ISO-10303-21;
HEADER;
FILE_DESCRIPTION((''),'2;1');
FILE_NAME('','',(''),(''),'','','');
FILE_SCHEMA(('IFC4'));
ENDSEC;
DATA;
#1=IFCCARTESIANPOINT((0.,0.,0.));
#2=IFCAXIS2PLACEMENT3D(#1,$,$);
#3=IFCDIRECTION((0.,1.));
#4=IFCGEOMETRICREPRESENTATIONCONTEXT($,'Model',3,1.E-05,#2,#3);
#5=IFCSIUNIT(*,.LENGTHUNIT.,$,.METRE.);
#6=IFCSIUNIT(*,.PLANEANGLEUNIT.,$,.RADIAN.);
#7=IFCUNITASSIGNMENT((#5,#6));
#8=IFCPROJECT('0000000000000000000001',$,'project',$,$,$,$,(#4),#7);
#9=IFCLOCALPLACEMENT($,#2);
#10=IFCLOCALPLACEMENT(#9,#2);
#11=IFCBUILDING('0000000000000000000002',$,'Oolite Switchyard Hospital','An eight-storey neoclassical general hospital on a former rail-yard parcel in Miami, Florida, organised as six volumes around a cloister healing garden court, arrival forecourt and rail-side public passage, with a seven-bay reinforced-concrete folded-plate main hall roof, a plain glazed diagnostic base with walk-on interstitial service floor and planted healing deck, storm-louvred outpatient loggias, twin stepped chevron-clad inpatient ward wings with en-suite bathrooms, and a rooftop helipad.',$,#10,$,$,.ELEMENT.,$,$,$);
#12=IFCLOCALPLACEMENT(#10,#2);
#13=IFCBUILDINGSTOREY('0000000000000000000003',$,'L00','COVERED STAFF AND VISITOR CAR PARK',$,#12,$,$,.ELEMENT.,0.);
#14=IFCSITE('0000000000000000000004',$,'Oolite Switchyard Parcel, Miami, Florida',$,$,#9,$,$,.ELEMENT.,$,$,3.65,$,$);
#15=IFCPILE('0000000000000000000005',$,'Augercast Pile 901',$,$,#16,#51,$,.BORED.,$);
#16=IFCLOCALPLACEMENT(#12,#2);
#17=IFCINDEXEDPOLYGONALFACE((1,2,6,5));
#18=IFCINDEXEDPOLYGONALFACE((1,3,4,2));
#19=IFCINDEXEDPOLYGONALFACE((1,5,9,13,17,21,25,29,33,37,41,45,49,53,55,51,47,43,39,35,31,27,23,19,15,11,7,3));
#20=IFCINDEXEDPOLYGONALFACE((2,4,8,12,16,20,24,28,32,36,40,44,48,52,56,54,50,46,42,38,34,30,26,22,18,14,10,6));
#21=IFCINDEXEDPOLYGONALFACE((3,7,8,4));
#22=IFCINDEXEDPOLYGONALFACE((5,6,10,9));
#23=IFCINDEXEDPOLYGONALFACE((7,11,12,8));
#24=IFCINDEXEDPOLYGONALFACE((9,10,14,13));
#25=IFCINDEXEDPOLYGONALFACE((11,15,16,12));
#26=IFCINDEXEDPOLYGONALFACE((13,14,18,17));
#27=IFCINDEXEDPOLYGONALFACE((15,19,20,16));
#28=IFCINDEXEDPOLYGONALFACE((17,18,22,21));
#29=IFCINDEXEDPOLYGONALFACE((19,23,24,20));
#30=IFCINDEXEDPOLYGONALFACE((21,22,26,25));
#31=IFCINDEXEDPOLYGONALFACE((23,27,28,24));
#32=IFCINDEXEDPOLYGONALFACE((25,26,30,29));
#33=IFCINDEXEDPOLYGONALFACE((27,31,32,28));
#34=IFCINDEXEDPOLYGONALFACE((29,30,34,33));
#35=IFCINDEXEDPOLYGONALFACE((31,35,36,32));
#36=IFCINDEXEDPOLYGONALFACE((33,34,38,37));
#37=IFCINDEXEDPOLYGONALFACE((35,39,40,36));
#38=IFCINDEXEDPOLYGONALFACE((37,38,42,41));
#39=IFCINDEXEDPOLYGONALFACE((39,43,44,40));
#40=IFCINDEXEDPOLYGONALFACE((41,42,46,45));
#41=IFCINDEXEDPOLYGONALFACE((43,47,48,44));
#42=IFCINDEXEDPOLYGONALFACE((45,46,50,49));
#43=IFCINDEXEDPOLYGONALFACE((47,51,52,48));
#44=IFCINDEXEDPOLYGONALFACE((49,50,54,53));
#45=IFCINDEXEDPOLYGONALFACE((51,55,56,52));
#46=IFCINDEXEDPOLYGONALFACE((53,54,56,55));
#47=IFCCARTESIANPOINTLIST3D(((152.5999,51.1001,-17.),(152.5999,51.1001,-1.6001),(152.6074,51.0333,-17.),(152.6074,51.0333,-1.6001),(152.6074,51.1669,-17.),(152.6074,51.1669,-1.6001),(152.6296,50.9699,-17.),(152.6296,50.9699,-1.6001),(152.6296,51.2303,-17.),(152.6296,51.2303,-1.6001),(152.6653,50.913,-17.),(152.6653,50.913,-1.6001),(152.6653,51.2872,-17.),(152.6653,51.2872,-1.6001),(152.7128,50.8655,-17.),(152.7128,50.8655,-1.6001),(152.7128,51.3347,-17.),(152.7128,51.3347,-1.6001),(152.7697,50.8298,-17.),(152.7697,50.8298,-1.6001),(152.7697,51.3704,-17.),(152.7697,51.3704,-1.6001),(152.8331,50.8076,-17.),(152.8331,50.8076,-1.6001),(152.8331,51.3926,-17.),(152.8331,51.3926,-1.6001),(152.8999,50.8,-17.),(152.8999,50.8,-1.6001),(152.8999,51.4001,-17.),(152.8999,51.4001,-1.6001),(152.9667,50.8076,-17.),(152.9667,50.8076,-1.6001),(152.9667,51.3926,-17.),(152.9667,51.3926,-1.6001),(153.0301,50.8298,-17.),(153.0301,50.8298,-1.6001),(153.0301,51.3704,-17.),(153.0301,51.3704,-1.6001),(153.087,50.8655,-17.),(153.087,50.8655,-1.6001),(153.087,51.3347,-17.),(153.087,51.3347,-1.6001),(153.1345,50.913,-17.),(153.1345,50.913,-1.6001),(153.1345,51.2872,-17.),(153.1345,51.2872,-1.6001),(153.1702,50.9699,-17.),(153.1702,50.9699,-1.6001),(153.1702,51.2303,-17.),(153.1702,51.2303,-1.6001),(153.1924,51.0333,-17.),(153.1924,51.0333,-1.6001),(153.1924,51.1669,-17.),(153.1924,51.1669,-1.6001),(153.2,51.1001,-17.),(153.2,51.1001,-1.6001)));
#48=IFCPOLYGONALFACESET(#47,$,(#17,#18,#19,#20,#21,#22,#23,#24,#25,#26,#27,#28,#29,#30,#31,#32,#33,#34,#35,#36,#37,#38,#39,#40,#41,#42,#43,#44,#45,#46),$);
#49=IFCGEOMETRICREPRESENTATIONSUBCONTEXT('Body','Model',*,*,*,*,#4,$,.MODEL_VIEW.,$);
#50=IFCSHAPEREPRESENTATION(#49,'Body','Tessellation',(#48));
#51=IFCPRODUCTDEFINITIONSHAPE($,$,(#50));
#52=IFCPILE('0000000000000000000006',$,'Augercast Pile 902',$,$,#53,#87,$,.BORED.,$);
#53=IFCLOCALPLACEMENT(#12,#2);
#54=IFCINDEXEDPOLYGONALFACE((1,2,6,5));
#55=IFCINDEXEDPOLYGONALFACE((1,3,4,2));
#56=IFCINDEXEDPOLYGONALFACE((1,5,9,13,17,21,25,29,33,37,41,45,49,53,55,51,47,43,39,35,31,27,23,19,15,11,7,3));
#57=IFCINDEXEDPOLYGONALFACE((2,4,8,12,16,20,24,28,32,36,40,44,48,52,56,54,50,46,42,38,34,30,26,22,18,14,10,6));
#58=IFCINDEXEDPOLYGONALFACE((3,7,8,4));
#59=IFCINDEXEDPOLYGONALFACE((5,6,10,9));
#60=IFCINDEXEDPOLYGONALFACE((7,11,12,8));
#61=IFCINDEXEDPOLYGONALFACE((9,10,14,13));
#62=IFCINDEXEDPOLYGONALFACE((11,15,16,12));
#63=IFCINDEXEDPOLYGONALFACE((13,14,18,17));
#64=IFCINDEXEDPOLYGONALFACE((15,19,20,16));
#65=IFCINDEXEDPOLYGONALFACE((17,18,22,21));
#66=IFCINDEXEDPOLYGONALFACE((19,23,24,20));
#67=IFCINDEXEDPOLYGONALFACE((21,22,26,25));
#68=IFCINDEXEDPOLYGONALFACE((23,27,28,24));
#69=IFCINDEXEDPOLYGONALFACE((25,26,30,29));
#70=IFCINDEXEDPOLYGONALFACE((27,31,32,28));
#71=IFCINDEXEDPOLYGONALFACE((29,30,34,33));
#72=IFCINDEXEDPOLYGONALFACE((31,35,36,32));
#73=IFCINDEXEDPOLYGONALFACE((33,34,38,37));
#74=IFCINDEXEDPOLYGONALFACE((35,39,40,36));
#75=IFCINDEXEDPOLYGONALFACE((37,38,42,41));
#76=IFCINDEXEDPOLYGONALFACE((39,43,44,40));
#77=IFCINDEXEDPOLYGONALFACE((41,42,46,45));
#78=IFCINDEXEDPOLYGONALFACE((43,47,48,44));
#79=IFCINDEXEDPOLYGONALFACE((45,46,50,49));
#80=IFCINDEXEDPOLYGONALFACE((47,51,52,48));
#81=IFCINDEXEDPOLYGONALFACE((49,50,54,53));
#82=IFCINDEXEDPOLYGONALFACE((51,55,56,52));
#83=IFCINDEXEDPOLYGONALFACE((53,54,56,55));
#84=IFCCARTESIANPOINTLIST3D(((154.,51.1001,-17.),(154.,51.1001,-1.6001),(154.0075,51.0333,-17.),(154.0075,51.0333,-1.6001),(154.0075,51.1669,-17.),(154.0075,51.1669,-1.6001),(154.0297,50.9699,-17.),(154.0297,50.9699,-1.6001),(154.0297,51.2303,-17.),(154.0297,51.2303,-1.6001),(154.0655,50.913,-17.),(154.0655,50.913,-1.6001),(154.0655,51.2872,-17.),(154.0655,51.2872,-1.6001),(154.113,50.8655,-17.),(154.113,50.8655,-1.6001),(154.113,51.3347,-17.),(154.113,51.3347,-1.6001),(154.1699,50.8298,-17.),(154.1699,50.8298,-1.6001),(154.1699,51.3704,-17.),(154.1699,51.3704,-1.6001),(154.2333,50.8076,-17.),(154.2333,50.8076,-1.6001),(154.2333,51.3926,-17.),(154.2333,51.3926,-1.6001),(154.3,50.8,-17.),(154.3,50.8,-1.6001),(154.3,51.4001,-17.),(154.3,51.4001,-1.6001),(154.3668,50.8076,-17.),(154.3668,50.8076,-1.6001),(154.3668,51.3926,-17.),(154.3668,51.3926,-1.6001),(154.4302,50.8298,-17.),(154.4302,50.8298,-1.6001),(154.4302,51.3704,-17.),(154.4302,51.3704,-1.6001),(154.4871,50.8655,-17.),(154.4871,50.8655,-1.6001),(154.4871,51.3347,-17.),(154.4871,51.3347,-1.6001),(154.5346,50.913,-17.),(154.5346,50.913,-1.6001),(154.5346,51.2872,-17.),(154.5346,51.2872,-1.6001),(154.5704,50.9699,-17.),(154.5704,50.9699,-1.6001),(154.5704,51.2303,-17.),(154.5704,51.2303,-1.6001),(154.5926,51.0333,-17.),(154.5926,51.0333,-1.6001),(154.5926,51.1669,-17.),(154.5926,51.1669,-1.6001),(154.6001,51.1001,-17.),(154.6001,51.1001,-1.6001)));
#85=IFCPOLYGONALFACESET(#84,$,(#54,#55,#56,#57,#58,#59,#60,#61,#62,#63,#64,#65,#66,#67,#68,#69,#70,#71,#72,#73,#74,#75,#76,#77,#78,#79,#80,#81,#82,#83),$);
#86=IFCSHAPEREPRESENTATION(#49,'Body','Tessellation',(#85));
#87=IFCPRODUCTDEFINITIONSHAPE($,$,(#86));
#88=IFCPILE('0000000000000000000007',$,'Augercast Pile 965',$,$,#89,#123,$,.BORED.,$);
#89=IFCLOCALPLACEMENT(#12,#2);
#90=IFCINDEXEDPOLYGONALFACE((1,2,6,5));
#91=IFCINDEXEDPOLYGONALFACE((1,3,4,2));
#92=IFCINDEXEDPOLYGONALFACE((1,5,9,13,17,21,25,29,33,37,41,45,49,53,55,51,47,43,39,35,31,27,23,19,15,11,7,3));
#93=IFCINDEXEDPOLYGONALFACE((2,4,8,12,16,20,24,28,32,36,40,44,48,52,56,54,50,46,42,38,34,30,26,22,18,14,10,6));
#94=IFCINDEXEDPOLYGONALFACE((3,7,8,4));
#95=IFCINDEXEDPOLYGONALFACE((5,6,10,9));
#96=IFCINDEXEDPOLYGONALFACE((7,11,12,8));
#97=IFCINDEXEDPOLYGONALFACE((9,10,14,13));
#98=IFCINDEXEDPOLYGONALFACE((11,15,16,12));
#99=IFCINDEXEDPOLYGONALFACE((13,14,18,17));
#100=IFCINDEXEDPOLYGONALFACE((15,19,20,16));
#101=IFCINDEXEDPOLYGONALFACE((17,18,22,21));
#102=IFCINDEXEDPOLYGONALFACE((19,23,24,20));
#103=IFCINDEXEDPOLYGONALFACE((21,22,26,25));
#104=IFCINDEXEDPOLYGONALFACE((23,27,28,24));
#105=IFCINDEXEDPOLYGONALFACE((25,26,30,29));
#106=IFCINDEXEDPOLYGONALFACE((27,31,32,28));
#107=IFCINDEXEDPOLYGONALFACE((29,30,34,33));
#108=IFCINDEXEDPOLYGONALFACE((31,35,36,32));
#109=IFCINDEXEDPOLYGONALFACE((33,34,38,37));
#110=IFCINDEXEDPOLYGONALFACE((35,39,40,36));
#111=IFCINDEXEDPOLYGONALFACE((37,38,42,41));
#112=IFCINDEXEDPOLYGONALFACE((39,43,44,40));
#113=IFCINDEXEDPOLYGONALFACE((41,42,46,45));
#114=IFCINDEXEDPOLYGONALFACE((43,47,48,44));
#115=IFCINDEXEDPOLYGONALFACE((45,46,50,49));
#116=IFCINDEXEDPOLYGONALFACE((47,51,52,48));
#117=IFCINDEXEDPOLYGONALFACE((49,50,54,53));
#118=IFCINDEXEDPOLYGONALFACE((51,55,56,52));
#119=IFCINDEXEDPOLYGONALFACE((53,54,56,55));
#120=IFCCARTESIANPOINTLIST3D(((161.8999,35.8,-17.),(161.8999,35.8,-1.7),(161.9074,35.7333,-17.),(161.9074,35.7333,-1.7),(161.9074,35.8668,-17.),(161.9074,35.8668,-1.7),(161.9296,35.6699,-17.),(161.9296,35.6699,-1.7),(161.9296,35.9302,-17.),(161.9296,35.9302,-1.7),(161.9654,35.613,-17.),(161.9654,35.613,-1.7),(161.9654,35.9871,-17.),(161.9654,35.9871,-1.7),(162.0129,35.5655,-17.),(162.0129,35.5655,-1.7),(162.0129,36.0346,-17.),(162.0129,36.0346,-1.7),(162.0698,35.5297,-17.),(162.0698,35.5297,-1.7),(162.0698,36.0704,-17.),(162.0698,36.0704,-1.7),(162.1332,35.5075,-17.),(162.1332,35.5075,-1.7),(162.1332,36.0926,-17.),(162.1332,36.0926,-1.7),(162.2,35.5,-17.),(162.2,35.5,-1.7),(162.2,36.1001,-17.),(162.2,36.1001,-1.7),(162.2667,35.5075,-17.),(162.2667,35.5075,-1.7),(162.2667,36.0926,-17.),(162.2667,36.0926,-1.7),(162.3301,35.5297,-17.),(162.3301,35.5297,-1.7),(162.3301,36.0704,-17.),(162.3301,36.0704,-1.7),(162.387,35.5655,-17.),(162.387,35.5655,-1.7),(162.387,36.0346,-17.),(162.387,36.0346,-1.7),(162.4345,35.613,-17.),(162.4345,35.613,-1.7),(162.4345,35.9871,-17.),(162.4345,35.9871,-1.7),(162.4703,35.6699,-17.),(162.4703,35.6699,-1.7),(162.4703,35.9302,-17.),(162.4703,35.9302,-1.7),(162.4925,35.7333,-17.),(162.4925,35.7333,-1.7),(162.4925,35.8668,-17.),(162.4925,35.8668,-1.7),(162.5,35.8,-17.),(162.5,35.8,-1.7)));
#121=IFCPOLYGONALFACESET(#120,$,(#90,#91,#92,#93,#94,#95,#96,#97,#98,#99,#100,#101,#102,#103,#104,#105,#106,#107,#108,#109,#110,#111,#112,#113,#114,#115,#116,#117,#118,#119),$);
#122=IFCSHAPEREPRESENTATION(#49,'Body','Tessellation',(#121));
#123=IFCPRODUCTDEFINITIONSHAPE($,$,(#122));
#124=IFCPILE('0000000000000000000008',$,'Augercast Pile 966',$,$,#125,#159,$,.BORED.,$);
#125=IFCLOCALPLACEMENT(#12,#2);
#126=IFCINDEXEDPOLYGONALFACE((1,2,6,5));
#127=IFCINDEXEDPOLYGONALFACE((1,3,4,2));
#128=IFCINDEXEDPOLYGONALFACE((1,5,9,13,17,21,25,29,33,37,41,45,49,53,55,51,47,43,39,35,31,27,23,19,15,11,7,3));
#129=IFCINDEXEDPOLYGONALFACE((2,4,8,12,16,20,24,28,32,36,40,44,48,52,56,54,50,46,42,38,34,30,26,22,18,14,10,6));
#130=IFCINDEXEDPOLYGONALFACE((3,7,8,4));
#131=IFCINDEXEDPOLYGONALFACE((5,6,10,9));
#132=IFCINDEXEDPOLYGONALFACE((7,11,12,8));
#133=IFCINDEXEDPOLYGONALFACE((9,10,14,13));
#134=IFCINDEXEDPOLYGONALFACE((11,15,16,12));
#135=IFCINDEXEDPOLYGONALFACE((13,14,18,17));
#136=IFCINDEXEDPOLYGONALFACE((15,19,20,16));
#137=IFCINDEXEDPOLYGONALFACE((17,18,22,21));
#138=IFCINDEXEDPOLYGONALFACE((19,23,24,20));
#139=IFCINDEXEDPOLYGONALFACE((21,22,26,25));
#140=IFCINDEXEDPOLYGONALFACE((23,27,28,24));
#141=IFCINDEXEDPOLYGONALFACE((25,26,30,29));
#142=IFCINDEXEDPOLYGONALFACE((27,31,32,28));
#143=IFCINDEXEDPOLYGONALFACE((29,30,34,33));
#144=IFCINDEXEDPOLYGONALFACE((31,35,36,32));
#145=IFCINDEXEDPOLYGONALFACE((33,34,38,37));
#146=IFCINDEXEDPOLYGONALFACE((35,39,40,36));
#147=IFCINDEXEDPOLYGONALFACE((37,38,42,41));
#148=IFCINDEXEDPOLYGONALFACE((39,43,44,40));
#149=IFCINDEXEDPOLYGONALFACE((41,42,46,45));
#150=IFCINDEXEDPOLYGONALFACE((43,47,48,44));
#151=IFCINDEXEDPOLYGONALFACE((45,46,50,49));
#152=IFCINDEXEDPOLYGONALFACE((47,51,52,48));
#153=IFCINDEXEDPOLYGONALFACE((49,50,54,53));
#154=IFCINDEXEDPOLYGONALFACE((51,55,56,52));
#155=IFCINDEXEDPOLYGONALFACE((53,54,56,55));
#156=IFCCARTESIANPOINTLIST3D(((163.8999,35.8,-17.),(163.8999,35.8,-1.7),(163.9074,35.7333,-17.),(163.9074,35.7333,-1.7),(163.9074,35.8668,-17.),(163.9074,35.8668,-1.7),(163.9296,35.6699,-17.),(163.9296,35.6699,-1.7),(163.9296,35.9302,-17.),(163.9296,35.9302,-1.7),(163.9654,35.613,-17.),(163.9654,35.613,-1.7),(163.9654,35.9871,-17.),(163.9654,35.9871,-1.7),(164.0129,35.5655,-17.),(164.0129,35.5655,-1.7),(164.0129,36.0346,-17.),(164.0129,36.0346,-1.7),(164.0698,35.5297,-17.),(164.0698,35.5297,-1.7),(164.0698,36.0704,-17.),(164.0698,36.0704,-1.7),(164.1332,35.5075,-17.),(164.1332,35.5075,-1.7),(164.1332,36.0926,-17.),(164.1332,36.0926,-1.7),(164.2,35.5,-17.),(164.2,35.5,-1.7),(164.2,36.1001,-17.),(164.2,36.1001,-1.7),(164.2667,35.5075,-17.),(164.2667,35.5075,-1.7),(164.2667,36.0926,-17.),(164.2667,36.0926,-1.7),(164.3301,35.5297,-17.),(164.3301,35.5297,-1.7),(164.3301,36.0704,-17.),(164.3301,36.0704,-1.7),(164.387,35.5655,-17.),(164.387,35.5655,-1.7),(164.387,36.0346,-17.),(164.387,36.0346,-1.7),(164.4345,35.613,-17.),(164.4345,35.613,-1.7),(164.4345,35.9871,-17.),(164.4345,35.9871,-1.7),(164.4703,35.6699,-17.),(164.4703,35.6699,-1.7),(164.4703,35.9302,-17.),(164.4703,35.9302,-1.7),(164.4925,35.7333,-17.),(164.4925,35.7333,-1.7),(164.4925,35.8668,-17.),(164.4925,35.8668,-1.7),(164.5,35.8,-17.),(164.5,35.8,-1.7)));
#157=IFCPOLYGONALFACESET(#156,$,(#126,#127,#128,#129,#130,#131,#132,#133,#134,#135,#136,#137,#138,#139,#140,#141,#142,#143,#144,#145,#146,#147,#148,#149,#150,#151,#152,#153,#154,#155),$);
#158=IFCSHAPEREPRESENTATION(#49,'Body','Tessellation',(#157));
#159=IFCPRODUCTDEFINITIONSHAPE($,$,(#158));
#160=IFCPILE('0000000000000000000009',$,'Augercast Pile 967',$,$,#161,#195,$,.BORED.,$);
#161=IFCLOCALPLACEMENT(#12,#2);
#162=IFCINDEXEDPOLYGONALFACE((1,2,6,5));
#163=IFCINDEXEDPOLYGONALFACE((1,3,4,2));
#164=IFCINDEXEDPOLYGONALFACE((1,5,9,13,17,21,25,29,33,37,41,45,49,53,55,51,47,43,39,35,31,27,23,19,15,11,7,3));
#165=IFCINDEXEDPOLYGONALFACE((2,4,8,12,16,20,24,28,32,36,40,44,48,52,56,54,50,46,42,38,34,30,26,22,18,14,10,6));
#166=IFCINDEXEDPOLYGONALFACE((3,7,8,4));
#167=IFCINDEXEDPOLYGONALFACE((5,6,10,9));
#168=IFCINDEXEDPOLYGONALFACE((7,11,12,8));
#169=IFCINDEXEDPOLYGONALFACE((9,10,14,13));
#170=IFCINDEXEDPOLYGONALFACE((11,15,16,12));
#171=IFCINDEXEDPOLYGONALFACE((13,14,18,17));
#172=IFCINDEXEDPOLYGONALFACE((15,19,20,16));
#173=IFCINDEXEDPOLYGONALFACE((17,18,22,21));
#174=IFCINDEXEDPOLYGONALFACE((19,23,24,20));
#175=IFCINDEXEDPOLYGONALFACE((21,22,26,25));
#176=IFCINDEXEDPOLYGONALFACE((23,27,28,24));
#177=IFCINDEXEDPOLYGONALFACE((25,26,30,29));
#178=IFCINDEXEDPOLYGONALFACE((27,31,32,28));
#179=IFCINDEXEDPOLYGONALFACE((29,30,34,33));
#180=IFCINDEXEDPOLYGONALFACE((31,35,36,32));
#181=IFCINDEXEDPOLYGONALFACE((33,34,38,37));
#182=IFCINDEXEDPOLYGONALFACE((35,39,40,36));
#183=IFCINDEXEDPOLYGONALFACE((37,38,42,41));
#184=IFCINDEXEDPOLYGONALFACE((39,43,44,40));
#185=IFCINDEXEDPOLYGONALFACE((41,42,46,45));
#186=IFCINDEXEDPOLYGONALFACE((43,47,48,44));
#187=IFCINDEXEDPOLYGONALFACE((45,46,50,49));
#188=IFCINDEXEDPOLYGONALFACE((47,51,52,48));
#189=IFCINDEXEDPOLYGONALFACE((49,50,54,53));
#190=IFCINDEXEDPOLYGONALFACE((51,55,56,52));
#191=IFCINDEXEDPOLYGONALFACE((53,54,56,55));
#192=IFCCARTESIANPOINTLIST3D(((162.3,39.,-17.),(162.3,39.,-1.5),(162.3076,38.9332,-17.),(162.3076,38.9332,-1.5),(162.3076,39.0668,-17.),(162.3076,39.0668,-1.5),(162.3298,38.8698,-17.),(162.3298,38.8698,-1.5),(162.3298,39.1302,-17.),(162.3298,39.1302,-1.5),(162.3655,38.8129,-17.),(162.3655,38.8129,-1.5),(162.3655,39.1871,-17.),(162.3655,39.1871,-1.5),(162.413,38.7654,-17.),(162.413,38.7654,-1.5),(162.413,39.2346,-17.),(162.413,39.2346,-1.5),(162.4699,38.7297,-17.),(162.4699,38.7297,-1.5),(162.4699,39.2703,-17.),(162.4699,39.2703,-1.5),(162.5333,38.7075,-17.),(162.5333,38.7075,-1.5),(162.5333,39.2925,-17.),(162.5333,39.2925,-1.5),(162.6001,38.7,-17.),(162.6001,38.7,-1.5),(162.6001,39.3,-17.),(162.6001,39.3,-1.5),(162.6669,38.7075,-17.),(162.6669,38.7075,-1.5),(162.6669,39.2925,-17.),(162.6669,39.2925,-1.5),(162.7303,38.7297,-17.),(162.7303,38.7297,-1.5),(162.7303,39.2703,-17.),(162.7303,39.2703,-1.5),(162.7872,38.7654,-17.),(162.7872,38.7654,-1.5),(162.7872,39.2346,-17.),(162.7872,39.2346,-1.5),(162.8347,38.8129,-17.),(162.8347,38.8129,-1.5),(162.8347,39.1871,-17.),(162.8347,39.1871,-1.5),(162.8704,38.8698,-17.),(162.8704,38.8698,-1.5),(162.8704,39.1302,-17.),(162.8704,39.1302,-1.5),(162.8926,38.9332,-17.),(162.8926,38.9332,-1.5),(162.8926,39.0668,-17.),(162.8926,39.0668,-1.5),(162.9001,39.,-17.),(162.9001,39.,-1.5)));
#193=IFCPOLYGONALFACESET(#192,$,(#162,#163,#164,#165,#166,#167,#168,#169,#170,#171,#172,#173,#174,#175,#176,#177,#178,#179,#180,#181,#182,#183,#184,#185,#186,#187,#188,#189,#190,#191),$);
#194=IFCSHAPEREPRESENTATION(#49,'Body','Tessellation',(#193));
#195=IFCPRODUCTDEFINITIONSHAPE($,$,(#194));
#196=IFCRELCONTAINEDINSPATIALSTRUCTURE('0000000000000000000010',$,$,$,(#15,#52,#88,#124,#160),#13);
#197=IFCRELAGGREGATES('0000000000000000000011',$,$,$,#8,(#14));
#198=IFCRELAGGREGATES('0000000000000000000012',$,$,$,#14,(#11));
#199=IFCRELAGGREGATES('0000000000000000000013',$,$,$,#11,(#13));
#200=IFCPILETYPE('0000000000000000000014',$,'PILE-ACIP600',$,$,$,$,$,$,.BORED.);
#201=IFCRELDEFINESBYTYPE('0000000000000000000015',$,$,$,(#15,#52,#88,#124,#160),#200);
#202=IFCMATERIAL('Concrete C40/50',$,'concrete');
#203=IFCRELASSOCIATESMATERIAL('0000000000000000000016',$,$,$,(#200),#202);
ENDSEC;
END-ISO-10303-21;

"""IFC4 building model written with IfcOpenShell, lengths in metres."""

from ifc_helpers import new_model, si_unit, direction, frame, origin, origin_2d, place, context, subcontext, project, spatial, circle, extrude, material, material_profile, profile_set, type_object, element, save


model = new_model("IFC4")

# Units and contexts
model_context = context("Model", 3, precision=1e-05, world=origin(), true_north=direction((0.0, 1.0)))
body_context = subcontext(model_context, "Body", "Model", "MODEL_VIEW")
ifc_project = project(units=[si_unit("LENGTHUNIT", "METRE"), si_unit("PLANEANGLEUNIT", "RADIAN")], contexts=[model_context])

# Site, building, storey
site_placement = place(None, origin())
site = spatial("IfcSite", under=ifc_project, at=site_placement, Name="Oolite Switchyard Parcel, Miami, Florida", CompositionType="ELEMENT", RefElevation=3.65)
building_placement = place(site_placement, origin())
building = spatial("IfcBuilding", under=site, at=building_placement, Name="Oolite Switchyard Hospital", Description="An eight-storey neoclassical general hospital on a former rail-yard parcel in Miami, Florida, organised as six volumes around a cloister healing garden court, arrival forecourt and rail-side public passage, with a seven-bay reinforced-concrete folded-plate main hall roof, a plain glazed diagnostic base with walk-on interstitial service floor and planted healing deck, storm-louvred outpatient loggias, twin stepped chevron-clad inpatient ward wings with en-suite bathrooms, and a rooftop helipad.", CompositionType="ELEMENT")
storey_placement = place(building_placement, origin())
storey = spatial("IfcBuildingStorey", under=building, at=storey_placement, Name="L00", Description="COVERED STAFF AND VISITOR CAR PARK", CompositionType="ELEMENT", Elevation=0.0)

# Shared definitions
ifc_material_1 = material(Name="Concrete C40/50", Category="concrete")

# Piles
ifc_material_profile_1 = material_profile(ifc_material_1, circle(Radius=0.3, at=origin_2d()), Name="PILE600")
ifc_profile_set_1 = profile_set([ifc_material_profile_1], Name="Concrete C40/50")
pile_type = type_object("IfcPileType", Name="PILE-ACIP600", PredefinedType="BORED", material=ifc_profile_set_1)
for number, where, z_axis, x_axis, name in (
    (1, (152.8999, 51.1001, -1.6001), (0.0, 0.0, -1.0), (1.0, 0.0, 0.0), "Augercast Pile 901"),
    (2, (154.3, 51.1001, -1.6001), (0.0, 0.0, -1.0), (1.0, 0.0, 0.0), "Augercast Pile 902"),
):
    element("IfcPile", number, at=place(storey_placement, frame(where, z_axis=z_axis, x_axis=x_axis)), inside=storey, type_object=pile_type, Name=name, PredefinedType="BORED", context=body_context, shape_type="SweptSolid", body=[
        extrude(circle(Radius=0.3, at=origin_2d()), origin(), (0.0, 0.0, 1.0), 15.3999),
    ])
for number, where, z_axis, x_axis, name in (
    (3, (162.2, 35.8, -1.7), (0.0, 0.0, -1.0), (1.0, 0.0, 0.0), "Augercast Pile 965"),
    (4, (164.2, 35.8, -1.7), (0.0, 0.0, -1.0), (1.0, 0.0, 0.0), "Augercast Pile 966"),
):
    element("IfcPile", number, at=place(storey_placement, frame(where, z_axis=z_axis, x_axis=x_axis)), inside=storey, type_object=pile_type, Name=name, PredefinedType="BORED", context=body_context, shape_type="SweptSolid", body=[
        extrude(circle(Radius=0.3, at=origin_2d()), origin(), (0.0, 0.0, 1.0), 15.3),
    ])
for number, where, z_axis, x_axis, name in (
    (5, (162.6001, 39.0, -1.5), (0.0, 0.0, -1.0), (1.0, 0.0, 0.0), "Augercast Pile 967"),
):
    element("IfcPile", number, at=place(storey_placement, frame(where, z_axis=z_axis, x_axis=x_axis)), inside=storey, type_object=pile_type, Name=name, PredefinedType="BORED", context=body_context, shape_type="SweptSolid", body=[
        extrude(circle(Radius=0.3, at=origin_2d()), origin(), (0.0, 0.0, 1.0), 15.5),
    ])

save(model, "model.ifc")
